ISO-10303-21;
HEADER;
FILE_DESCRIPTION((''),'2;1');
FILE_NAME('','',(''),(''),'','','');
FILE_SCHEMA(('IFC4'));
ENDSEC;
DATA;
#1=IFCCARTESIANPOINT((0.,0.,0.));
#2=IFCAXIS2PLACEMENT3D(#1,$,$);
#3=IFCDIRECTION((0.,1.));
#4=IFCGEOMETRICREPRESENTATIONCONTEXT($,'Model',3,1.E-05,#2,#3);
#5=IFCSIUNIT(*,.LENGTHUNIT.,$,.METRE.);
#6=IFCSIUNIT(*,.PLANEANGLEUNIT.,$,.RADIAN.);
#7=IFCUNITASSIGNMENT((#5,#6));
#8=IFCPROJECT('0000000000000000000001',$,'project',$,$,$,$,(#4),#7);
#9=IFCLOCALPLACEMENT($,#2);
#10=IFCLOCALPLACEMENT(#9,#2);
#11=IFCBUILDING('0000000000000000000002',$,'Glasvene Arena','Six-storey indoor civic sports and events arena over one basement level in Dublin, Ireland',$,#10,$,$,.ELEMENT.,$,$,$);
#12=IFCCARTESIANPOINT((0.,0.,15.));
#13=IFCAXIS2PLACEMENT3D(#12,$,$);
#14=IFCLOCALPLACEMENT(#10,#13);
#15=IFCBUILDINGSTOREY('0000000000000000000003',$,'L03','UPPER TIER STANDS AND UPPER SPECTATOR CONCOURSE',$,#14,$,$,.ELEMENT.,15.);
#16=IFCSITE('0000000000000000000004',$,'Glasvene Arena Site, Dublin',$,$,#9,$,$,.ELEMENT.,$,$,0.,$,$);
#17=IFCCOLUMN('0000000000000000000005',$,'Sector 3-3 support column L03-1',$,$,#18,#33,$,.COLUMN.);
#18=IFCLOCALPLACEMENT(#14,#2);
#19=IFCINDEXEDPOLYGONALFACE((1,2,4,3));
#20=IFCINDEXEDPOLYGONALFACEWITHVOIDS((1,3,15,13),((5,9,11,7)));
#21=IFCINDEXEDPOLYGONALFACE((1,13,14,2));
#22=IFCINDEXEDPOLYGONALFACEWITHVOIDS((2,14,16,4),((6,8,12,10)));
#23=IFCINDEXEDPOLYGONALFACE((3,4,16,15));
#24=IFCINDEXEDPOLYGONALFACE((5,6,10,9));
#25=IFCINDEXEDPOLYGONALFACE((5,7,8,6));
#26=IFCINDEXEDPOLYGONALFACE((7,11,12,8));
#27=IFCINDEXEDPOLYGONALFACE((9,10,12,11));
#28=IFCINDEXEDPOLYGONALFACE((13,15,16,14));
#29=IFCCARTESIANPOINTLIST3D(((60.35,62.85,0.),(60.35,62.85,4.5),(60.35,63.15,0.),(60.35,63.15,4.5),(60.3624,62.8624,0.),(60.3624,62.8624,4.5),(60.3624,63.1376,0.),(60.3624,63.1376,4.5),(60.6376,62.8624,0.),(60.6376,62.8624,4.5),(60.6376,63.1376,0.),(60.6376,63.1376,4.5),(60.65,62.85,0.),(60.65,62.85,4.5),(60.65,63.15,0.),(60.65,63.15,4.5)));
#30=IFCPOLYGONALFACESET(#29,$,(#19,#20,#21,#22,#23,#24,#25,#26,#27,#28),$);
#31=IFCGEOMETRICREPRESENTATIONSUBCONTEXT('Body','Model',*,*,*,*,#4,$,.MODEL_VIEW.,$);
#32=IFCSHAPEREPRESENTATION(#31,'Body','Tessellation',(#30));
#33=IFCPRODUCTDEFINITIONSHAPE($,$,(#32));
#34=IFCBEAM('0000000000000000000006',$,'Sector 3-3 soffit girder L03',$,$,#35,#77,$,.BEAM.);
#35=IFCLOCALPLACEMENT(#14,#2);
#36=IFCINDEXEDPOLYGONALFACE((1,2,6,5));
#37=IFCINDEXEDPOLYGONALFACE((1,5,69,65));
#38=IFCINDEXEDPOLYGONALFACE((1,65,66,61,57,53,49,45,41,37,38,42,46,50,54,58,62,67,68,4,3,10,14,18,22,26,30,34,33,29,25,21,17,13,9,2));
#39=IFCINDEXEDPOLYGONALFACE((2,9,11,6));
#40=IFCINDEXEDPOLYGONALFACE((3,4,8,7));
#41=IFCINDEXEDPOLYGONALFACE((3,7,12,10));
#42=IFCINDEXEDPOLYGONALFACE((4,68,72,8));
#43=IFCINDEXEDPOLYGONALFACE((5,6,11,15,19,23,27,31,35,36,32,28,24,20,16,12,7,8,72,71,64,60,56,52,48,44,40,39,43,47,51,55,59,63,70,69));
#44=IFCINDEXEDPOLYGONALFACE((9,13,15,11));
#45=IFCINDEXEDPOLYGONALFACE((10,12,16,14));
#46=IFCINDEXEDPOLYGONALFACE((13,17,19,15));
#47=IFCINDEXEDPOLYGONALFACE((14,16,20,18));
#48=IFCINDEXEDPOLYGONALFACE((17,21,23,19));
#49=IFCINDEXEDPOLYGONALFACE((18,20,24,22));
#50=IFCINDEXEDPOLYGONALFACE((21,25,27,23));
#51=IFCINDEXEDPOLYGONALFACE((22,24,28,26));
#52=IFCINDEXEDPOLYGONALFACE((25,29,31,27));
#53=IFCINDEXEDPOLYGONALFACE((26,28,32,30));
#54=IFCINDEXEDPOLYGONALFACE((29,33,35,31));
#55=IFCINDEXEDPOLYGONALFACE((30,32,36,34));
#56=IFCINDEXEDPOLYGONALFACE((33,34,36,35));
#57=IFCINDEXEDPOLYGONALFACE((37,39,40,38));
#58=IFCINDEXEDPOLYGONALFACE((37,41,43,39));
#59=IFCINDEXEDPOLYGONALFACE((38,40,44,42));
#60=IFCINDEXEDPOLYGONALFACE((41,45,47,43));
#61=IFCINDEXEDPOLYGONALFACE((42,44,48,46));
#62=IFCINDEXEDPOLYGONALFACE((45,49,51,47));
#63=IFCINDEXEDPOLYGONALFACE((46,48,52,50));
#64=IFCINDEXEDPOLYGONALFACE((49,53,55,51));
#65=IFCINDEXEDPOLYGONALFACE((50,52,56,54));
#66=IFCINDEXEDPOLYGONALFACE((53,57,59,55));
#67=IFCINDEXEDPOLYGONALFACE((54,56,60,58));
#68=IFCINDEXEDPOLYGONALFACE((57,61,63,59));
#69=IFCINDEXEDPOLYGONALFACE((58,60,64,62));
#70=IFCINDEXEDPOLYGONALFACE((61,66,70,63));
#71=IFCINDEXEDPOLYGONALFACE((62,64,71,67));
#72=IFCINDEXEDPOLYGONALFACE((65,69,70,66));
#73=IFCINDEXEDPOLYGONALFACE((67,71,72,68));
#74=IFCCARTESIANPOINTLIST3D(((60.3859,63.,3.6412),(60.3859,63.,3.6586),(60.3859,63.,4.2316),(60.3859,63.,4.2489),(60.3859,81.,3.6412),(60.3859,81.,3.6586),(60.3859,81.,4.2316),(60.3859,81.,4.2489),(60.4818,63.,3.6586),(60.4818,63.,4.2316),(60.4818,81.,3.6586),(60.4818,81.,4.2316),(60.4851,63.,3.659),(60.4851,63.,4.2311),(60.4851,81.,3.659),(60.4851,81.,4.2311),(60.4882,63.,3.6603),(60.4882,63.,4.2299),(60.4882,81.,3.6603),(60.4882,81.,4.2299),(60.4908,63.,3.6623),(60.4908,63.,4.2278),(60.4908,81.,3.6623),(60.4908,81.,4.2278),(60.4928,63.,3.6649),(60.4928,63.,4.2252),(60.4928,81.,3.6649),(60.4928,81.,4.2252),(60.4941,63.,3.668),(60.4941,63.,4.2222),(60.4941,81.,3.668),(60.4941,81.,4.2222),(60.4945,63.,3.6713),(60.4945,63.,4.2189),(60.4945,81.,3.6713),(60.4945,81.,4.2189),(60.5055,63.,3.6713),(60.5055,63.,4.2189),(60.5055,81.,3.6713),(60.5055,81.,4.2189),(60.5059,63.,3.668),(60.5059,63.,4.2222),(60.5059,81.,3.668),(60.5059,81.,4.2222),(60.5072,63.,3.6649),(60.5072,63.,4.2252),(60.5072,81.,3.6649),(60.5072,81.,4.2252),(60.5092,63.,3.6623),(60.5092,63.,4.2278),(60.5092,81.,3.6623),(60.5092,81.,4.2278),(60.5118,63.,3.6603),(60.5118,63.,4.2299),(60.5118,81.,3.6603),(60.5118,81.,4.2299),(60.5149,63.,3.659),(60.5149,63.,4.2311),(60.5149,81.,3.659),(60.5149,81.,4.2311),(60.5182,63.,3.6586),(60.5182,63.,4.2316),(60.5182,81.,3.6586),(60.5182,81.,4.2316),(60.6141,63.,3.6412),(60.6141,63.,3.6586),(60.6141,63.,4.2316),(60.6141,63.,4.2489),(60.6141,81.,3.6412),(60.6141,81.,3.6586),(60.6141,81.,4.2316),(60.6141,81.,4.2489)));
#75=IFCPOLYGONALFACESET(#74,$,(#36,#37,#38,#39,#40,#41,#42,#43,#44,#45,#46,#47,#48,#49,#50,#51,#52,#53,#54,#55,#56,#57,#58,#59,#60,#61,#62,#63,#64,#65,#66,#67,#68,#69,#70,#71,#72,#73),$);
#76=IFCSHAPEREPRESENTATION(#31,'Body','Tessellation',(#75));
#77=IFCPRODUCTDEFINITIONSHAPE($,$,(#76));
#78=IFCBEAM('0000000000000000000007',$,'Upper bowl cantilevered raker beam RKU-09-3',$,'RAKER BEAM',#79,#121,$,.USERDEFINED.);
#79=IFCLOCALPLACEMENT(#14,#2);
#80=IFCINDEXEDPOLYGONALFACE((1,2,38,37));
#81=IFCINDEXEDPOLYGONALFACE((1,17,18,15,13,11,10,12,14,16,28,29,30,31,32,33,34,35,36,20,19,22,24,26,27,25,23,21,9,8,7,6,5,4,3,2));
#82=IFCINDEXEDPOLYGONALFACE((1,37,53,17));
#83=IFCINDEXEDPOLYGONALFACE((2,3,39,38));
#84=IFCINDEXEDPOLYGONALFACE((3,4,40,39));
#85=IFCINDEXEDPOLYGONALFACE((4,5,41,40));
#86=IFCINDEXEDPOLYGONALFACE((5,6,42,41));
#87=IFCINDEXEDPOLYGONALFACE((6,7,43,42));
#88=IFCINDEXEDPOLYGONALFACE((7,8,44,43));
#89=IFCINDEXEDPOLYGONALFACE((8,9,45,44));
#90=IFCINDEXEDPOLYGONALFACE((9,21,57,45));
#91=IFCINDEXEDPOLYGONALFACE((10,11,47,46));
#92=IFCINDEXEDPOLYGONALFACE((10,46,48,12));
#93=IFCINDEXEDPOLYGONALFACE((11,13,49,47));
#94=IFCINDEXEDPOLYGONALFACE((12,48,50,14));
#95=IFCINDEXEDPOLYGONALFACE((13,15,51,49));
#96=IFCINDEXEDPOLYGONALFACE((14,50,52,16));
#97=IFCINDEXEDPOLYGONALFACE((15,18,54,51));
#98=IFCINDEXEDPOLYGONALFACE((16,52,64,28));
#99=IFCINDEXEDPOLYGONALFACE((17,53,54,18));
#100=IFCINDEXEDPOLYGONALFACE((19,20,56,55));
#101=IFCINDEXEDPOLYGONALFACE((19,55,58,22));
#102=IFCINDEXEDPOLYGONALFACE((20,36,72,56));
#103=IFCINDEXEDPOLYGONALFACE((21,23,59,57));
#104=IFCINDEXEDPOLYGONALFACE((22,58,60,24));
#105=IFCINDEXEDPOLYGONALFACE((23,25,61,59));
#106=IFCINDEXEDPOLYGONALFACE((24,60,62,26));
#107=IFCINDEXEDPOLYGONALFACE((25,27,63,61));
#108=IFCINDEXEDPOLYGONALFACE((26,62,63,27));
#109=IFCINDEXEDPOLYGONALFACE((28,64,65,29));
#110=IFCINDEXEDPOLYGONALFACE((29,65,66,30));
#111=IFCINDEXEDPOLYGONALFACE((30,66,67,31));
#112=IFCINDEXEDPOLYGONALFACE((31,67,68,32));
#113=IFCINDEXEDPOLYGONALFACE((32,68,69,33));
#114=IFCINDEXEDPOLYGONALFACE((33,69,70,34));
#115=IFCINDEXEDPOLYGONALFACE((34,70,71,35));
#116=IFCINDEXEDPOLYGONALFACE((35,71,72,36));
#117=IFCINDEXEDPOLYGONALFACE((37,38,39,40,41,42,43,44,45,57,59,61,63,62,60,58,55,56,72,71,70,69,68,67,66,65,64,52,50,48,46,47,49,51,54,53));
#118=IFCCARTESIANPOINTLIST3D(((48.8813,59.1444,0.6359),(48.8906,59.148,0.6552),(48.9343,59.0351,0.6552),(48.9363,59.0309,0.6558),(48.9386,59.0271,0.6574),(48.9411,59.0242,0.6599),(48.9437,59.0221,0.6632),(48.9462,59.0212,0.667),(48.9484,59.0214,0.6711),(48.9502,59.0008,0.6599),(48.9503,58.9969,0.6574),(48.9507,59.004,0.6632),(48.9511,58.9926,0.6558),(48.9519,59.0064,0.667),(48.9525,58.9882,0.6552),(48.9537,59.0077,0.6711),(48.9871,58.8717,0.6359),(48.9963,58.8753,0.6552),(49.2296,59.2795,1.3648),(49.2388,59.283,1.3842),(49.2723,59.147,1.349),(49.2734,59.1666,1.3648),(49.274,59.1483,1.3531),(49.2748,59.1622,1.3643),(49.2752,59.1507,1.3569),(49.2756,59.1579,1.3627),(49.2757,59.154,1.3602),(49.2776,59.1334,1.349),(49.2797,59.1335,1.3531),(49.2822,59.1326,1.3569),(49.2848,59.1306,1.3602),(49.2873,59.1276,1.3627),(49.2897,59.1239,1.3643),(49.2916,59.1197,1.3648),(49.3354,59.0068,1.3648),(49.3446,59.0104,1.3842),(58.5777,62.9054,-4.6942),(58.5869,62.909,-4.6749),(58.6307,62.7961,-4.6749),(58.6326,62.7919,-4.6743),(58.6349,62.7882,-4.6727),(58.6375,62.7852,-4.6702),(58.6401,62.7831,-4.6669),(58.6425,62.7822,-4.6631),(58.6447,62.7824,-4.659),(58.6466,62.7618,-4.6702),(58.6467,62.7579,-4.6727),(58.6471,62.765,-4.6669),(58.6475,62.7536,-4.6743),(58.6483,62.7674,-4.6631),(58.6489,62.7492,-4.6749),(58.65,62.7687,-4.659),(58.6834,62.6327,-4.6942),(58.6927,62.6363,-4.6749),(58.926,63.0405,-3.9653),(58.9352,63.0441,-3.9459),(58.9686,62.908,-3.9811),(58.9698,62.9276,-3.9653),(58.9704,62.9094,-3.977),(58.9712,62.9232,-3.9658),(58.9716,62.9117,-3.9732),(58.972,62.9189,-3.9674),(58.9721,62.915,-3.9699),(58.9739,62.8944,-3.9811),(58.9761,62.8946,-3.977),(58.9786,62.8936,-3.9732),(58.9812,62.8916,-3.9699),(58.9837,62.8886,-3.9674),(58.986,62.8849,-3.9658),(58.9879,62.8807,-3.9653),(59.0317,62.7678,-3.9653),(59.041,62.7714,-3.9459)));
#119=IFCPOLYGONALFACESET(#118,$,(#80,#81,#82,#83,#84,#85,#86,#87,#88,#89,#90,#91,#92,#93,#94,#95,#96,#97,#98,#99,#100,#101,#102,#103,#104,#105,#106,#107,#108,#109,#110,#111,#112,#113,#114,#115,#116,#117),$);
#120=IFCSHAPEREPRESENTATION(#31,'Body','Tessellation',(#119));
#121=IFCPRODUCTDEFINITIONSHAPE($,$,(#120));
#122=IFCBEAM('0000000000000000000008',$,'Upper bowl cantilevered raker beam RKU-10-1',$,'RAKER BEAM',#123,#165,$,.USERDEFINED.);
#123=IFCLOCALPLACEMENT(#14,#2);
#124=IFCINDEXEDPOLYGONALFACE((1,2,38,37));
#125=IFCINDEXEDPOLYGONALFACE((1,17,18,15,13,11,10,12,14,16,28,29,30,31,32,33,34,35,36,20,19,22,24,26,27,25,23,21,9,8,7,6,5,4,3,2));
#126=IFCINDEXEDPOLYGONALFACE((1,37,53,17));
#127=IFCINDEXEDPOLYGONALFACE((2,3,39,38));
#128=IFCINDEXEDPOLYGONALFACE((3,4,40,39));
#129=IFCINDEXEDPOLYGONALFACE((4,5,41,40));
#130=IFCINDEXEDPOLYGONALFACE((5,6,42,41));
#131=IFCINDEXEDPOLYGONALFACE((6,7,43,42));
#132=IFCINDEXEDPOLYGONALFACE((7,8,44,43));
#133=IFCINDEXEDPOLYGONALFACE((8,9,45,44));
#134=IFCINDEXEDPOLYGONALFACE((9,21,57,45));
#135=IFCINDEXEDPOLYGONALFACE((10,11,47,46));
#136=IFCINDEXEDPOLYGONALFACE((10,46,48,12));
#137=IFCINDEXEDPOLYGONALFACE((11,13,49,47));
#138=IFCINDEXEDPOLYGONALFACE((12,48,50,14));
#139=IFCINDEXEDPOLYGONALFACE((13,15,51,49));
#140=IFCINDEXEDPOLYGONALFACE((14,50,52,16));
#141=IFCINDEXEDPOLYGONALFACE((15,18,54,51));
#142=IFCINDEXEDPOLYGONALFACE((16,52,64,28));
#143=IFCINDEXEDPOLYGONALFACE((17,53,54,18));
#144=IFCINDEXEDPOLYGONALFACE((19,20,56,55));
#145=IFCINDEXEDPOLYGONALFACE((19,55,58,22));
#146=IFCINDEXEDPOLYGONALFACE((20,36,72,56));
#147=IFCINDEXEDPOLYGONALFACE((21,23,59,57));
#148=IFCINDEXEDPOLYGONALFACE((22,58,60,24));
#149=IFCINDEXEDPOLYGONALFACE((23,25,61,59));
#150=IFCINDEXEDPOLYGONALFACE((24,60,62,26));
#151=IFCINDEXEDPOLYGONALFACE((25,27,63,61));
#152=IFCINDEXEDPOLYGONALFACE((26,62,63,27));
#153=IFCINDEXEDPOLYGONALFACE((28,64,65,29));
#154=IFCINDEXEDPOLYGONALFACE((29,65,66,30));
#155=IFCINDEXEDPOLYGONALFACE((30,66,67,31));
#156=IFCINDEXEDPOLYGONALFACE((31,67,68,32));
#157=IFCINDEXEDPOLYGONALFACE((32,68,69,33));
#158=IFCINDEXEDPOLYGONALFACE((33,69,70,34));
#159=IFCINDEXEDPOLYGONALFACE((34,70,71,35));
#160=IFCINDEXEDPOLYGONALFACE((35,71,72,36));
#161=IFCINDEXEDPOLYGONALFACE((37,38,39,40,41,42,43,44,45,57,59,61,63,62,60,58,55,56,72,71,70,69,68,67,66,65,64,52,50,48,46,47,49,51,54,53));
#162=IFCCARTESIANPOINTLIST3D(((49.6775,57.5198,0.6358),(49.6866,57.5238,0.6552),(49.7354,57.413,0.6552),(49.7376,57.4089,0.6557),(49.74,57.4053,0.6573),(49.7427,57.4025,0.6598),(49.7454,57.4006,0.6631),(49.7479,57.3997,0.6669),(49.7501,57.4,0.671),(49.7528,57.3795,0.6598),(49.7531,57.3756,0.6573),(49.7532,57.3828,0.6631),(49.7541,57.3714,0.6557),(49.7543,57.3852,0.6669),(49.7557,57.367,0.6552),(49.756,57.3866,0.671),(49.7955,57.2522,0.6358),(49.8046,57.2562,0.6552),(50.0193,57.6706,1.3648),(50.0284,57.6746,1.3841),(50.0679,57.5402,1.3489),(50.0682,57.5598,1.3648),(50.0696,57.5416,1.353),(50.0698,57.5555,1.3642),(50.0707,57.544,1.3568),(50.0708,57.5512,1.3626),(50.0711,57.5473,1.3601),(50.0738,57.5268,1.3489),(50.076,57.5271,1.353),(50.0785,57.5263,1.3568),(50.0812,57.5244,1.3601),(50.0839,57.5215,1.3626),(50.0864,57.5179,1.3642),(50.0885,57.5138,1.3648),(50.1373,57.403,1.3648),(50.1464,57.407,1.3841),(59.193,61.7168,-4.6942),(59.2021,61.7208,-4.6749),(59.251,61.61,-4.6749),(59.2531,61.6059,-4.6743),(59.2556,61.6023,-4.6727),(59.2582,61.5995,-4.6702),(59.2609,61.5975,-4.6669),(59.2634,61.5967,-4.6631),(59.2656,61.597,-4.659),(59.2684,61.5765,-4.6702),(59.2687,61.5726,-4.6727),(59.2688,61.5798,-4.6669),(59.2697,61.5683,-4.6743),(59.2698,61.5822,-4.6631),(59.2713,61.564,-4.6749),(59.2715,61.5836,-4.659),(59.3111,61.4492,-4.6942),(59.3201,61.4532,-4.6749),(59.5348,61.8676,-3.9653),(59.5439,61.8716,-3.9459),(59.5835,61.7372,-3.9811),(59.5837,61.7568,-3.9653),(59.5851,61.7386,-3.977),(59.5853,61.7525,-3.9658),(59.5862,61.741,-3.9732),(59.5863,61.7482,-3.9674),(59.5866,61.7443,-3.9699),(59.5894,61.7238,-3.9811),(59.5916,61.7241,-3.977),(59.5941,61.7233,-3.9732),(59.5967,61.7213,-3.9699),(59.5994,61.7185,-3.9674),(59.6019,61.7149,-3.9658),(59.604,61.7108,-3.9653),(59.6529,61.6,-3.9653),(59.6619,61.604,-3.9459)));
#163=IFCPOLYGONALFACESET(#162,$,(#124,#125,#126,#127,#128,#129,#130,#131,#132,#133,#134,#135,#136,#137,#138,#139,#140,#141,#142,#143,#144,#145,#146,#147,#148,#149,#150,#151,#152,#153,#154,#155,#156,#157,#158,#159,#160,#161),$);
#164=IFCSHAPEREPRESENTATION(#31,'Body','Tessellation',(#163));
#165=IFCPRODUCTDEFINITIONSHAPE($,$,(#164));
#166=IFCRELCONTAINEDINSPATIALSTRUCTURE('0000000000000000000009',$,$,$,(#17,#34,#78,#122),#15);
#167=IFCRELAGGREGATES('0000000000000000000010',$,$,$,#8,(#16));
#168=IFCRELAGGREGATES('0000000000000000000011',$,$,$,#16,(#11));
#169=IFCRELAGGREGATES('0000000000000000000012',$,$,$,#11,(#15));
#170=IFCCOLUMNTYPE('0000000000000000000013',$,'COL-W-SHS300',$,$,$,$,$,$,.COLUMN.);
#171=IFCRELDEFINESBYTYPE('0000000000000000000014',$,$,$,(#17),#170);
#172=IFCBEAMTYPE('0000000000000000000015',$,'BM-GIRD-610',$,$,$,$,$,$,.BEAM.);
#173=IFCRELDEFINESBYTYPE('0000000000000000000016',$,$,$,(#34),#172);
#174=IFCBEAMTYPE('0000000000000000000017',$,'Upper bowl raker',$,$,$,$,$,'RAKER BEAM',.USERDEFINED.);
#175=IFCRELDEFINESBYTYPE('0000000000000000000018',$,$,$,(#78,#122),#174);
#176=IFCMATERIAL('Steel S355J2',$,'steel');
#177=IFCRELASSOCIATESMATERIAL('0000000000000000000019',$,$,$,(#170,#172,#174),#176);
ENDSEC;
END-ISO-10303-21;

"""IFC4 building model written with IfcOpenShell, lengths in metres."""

from ifc_helpers import new_model, si_unit, direction, frame, origin, origin_2d, place, context, subcontext, project, spatial, hollow_rectangle, i_section, extrude, material, material_profile, profile_set, type_object, element, save


model = new_model("IFC4")

# Units and contexts
model_context = context("Model", 3, precision=1e-05, world=origin(), true_north=direction((0.0, 1.0)))
body_context = subcontext(model_context, "Body", "Model", "MODEL_VIEW")
ifc_project = project(units=[si_unit("LENGTHUNIT", "METRE"), si_unit("PLANEANGLEUNIT", "RADIAN")], contexts=[model_context])

# Site, building, storey
site_placement = place(None, origin())
site = spatial("IfcSite", under=ifc_project, at=site_placement, Name="Glasvene Arena Site, Dublin", CompositionType="ELEMENT", RefElevation=0.0)
building_placement = place(site_placement, origin())
building = spatial("IfcBuilding", under=site, at=building_placement, Name="Glasvene Arena", Description="Six-storey indoor civic sports and events arena over one basement level in Dublin, Ireland", CompositionType="ELEMENT")
storey_placement = place(building_placement, frame((0.0, 0.0, 15.0)))
storey = spatial("IfcBuildingStorey", under=building, at=storey_placement, Name="L03", Description="UPPER TIER STANDS AND UPPER SPECTATOR CONCOURSE", CompositionType="ELEMENT", Elevation=15.0)

# Column
ifc_material_1 = material(Name="Steel S355J2", Category="steel")
ifc_material_profile_1 = material_profile(ifc_material_1, hollow_rectangle(XDim=0.3, YDim=0.3, WallThickness=0.0125, at=origin_2d()), Name="SHS 300x300x12.5")
ifc_profile_set_1 = profile_set([ifc_material_profile_1], Name="Steel S355J2")
column_type = type_object("IfcColumnType", Name="COL-W-SHS300", PredefinedType="COLUMN", material=ifc_profile_set_1)
column_placement = place(storey_placement, frame((60.5, 63.0, 0.0), z_axis=(0.0, 0.0, 1.0), x_axis=(1.0, 0.0, 0.0)))
element("IfcColumn", 1, at=column_placement, inside=storey, type_object=column_type, Name="Sector 3-3 support column L03-1", PredefinedType="COLUMN", context=body_context, shape_type="SweptSolid", body=[
    extrude(hollow_rectangle(XDim=0.3, YDim=0.3, WallThickness=0.0125, at=origin_2d()), origin(), (0.0, 0.0, 1.0), 4.5),
])

# Beams
ifc_material_profile_2 = material_profile(ifc_material_1, i_section(OverallWidth=0.2283, OverallDepth=0.6077, WebThickness=0.011, FlangeThickness=0.0173, FilletRadius=0.0127, at=origin_2d()), Name="UKB 610x229x113")
ifc_profile_set_2 = profile_set([ifc_material_profile_2], Name="Steel S355J2")
beam_type_1 = type_object("IfcBeamType", Name="BM-GIRD-610", PredefinedType="BEAM", material=ifc_profile_set_2)
beam_1_placement = place(storey_placement, frame((60.5, 63.0, 3.9451), z_axis=(0.0, 1.0, 0.0), x_axis=(-1.0, 0.0, 0.0)))
element("IfcBeam", 2, at=beam_1_placement, inside=storey, type_object=beam_type_1, Name="Sector 3-3 soffit girder L03", PredefinedType="BEAM", context=body_context, shape_type="SweptSolid", body=[
    extrude(i_section(OverallWidth=0.2283, OverallDepth=0.6077, WebThickness=0.011, FlangeThickness=0.0173, FilletRadius=0.0127, at=origin_2d()), origin(), (0.0, 0.0, 1.0), 18.0),
])
ifc_material_profile_3 = material_profile(ifc_material_1, i_section(OverallWidth=0.2925, OverallDepth=0.8408, WebThickness=0.0146, FlangeThickness=0.0217, FilletRadius=0.0178, at=origin_2d()), Name="UKB 838x292x194")
ifc_profile_set_3 = profile_set([ifc_material_profile_3], Name="Steel S355J2")
beam_type_2 = type_object("IfcBeamType", Name="Upper bowl raker", ElementType="RAKER BEAM", PredefinedType="USERDEFINED", material=ifc_profile_set_3)
beam_2_placement = place(storey_placement, frame((58.8093, 62.8384, -4.3201), z_axis=(-0.829705, -0.321825, 0.456091), x_axis=(0.361628, -0.932322, 0.0)))
element("IfcBeam", 3, at=beam_2_placement, inside=storey, type_object=beam_type_2, Name="Upper bowl cantilevered raker beam RKU-09-3", ObjectType="RAKER BEAM", PredefinedType="USERDEFINED", context=body_context, shape_type="SweptSolid", body=[
    extrude(i_section(OverallWidth=0.2925, OverallDepth=0.8408, WebThickness=0.0146, FlangeThickness=0.0217, FilletRadius=0.0178, at=origin_2d()), origin(), (0.0, 0.0, 1.0), 11.6865),
])
beam_3_placement = place(storey_placement, frame((59.4275, 61.6604, -4.3201), z_axis=(-0.814248, -0.359137, 0.456093), x_axis=(0.403556, -0.914955, 0.0)))
element("IfcBeam", 4, at=beam_3_placement, inside=storey, type_object=beam_type_2, Name="Upper bowl cantilevered raker beam RKU-10-1", ObjectType="RAKER BEAM", PredefinedType="USERDEFINED", context=body_context, shape_type="SweptSolid", body=[
    extrude(i_section(OverallWidth=0.2925, OverallDepth=0.8408, WebThickness=0.0146, FlangeThickness=0.0217, FilletRadius=0.0178, at=origin_2d()), origin(), (0.0, 0.0, 1.0), 11.6863),
])

save(model, "model.ifc")
